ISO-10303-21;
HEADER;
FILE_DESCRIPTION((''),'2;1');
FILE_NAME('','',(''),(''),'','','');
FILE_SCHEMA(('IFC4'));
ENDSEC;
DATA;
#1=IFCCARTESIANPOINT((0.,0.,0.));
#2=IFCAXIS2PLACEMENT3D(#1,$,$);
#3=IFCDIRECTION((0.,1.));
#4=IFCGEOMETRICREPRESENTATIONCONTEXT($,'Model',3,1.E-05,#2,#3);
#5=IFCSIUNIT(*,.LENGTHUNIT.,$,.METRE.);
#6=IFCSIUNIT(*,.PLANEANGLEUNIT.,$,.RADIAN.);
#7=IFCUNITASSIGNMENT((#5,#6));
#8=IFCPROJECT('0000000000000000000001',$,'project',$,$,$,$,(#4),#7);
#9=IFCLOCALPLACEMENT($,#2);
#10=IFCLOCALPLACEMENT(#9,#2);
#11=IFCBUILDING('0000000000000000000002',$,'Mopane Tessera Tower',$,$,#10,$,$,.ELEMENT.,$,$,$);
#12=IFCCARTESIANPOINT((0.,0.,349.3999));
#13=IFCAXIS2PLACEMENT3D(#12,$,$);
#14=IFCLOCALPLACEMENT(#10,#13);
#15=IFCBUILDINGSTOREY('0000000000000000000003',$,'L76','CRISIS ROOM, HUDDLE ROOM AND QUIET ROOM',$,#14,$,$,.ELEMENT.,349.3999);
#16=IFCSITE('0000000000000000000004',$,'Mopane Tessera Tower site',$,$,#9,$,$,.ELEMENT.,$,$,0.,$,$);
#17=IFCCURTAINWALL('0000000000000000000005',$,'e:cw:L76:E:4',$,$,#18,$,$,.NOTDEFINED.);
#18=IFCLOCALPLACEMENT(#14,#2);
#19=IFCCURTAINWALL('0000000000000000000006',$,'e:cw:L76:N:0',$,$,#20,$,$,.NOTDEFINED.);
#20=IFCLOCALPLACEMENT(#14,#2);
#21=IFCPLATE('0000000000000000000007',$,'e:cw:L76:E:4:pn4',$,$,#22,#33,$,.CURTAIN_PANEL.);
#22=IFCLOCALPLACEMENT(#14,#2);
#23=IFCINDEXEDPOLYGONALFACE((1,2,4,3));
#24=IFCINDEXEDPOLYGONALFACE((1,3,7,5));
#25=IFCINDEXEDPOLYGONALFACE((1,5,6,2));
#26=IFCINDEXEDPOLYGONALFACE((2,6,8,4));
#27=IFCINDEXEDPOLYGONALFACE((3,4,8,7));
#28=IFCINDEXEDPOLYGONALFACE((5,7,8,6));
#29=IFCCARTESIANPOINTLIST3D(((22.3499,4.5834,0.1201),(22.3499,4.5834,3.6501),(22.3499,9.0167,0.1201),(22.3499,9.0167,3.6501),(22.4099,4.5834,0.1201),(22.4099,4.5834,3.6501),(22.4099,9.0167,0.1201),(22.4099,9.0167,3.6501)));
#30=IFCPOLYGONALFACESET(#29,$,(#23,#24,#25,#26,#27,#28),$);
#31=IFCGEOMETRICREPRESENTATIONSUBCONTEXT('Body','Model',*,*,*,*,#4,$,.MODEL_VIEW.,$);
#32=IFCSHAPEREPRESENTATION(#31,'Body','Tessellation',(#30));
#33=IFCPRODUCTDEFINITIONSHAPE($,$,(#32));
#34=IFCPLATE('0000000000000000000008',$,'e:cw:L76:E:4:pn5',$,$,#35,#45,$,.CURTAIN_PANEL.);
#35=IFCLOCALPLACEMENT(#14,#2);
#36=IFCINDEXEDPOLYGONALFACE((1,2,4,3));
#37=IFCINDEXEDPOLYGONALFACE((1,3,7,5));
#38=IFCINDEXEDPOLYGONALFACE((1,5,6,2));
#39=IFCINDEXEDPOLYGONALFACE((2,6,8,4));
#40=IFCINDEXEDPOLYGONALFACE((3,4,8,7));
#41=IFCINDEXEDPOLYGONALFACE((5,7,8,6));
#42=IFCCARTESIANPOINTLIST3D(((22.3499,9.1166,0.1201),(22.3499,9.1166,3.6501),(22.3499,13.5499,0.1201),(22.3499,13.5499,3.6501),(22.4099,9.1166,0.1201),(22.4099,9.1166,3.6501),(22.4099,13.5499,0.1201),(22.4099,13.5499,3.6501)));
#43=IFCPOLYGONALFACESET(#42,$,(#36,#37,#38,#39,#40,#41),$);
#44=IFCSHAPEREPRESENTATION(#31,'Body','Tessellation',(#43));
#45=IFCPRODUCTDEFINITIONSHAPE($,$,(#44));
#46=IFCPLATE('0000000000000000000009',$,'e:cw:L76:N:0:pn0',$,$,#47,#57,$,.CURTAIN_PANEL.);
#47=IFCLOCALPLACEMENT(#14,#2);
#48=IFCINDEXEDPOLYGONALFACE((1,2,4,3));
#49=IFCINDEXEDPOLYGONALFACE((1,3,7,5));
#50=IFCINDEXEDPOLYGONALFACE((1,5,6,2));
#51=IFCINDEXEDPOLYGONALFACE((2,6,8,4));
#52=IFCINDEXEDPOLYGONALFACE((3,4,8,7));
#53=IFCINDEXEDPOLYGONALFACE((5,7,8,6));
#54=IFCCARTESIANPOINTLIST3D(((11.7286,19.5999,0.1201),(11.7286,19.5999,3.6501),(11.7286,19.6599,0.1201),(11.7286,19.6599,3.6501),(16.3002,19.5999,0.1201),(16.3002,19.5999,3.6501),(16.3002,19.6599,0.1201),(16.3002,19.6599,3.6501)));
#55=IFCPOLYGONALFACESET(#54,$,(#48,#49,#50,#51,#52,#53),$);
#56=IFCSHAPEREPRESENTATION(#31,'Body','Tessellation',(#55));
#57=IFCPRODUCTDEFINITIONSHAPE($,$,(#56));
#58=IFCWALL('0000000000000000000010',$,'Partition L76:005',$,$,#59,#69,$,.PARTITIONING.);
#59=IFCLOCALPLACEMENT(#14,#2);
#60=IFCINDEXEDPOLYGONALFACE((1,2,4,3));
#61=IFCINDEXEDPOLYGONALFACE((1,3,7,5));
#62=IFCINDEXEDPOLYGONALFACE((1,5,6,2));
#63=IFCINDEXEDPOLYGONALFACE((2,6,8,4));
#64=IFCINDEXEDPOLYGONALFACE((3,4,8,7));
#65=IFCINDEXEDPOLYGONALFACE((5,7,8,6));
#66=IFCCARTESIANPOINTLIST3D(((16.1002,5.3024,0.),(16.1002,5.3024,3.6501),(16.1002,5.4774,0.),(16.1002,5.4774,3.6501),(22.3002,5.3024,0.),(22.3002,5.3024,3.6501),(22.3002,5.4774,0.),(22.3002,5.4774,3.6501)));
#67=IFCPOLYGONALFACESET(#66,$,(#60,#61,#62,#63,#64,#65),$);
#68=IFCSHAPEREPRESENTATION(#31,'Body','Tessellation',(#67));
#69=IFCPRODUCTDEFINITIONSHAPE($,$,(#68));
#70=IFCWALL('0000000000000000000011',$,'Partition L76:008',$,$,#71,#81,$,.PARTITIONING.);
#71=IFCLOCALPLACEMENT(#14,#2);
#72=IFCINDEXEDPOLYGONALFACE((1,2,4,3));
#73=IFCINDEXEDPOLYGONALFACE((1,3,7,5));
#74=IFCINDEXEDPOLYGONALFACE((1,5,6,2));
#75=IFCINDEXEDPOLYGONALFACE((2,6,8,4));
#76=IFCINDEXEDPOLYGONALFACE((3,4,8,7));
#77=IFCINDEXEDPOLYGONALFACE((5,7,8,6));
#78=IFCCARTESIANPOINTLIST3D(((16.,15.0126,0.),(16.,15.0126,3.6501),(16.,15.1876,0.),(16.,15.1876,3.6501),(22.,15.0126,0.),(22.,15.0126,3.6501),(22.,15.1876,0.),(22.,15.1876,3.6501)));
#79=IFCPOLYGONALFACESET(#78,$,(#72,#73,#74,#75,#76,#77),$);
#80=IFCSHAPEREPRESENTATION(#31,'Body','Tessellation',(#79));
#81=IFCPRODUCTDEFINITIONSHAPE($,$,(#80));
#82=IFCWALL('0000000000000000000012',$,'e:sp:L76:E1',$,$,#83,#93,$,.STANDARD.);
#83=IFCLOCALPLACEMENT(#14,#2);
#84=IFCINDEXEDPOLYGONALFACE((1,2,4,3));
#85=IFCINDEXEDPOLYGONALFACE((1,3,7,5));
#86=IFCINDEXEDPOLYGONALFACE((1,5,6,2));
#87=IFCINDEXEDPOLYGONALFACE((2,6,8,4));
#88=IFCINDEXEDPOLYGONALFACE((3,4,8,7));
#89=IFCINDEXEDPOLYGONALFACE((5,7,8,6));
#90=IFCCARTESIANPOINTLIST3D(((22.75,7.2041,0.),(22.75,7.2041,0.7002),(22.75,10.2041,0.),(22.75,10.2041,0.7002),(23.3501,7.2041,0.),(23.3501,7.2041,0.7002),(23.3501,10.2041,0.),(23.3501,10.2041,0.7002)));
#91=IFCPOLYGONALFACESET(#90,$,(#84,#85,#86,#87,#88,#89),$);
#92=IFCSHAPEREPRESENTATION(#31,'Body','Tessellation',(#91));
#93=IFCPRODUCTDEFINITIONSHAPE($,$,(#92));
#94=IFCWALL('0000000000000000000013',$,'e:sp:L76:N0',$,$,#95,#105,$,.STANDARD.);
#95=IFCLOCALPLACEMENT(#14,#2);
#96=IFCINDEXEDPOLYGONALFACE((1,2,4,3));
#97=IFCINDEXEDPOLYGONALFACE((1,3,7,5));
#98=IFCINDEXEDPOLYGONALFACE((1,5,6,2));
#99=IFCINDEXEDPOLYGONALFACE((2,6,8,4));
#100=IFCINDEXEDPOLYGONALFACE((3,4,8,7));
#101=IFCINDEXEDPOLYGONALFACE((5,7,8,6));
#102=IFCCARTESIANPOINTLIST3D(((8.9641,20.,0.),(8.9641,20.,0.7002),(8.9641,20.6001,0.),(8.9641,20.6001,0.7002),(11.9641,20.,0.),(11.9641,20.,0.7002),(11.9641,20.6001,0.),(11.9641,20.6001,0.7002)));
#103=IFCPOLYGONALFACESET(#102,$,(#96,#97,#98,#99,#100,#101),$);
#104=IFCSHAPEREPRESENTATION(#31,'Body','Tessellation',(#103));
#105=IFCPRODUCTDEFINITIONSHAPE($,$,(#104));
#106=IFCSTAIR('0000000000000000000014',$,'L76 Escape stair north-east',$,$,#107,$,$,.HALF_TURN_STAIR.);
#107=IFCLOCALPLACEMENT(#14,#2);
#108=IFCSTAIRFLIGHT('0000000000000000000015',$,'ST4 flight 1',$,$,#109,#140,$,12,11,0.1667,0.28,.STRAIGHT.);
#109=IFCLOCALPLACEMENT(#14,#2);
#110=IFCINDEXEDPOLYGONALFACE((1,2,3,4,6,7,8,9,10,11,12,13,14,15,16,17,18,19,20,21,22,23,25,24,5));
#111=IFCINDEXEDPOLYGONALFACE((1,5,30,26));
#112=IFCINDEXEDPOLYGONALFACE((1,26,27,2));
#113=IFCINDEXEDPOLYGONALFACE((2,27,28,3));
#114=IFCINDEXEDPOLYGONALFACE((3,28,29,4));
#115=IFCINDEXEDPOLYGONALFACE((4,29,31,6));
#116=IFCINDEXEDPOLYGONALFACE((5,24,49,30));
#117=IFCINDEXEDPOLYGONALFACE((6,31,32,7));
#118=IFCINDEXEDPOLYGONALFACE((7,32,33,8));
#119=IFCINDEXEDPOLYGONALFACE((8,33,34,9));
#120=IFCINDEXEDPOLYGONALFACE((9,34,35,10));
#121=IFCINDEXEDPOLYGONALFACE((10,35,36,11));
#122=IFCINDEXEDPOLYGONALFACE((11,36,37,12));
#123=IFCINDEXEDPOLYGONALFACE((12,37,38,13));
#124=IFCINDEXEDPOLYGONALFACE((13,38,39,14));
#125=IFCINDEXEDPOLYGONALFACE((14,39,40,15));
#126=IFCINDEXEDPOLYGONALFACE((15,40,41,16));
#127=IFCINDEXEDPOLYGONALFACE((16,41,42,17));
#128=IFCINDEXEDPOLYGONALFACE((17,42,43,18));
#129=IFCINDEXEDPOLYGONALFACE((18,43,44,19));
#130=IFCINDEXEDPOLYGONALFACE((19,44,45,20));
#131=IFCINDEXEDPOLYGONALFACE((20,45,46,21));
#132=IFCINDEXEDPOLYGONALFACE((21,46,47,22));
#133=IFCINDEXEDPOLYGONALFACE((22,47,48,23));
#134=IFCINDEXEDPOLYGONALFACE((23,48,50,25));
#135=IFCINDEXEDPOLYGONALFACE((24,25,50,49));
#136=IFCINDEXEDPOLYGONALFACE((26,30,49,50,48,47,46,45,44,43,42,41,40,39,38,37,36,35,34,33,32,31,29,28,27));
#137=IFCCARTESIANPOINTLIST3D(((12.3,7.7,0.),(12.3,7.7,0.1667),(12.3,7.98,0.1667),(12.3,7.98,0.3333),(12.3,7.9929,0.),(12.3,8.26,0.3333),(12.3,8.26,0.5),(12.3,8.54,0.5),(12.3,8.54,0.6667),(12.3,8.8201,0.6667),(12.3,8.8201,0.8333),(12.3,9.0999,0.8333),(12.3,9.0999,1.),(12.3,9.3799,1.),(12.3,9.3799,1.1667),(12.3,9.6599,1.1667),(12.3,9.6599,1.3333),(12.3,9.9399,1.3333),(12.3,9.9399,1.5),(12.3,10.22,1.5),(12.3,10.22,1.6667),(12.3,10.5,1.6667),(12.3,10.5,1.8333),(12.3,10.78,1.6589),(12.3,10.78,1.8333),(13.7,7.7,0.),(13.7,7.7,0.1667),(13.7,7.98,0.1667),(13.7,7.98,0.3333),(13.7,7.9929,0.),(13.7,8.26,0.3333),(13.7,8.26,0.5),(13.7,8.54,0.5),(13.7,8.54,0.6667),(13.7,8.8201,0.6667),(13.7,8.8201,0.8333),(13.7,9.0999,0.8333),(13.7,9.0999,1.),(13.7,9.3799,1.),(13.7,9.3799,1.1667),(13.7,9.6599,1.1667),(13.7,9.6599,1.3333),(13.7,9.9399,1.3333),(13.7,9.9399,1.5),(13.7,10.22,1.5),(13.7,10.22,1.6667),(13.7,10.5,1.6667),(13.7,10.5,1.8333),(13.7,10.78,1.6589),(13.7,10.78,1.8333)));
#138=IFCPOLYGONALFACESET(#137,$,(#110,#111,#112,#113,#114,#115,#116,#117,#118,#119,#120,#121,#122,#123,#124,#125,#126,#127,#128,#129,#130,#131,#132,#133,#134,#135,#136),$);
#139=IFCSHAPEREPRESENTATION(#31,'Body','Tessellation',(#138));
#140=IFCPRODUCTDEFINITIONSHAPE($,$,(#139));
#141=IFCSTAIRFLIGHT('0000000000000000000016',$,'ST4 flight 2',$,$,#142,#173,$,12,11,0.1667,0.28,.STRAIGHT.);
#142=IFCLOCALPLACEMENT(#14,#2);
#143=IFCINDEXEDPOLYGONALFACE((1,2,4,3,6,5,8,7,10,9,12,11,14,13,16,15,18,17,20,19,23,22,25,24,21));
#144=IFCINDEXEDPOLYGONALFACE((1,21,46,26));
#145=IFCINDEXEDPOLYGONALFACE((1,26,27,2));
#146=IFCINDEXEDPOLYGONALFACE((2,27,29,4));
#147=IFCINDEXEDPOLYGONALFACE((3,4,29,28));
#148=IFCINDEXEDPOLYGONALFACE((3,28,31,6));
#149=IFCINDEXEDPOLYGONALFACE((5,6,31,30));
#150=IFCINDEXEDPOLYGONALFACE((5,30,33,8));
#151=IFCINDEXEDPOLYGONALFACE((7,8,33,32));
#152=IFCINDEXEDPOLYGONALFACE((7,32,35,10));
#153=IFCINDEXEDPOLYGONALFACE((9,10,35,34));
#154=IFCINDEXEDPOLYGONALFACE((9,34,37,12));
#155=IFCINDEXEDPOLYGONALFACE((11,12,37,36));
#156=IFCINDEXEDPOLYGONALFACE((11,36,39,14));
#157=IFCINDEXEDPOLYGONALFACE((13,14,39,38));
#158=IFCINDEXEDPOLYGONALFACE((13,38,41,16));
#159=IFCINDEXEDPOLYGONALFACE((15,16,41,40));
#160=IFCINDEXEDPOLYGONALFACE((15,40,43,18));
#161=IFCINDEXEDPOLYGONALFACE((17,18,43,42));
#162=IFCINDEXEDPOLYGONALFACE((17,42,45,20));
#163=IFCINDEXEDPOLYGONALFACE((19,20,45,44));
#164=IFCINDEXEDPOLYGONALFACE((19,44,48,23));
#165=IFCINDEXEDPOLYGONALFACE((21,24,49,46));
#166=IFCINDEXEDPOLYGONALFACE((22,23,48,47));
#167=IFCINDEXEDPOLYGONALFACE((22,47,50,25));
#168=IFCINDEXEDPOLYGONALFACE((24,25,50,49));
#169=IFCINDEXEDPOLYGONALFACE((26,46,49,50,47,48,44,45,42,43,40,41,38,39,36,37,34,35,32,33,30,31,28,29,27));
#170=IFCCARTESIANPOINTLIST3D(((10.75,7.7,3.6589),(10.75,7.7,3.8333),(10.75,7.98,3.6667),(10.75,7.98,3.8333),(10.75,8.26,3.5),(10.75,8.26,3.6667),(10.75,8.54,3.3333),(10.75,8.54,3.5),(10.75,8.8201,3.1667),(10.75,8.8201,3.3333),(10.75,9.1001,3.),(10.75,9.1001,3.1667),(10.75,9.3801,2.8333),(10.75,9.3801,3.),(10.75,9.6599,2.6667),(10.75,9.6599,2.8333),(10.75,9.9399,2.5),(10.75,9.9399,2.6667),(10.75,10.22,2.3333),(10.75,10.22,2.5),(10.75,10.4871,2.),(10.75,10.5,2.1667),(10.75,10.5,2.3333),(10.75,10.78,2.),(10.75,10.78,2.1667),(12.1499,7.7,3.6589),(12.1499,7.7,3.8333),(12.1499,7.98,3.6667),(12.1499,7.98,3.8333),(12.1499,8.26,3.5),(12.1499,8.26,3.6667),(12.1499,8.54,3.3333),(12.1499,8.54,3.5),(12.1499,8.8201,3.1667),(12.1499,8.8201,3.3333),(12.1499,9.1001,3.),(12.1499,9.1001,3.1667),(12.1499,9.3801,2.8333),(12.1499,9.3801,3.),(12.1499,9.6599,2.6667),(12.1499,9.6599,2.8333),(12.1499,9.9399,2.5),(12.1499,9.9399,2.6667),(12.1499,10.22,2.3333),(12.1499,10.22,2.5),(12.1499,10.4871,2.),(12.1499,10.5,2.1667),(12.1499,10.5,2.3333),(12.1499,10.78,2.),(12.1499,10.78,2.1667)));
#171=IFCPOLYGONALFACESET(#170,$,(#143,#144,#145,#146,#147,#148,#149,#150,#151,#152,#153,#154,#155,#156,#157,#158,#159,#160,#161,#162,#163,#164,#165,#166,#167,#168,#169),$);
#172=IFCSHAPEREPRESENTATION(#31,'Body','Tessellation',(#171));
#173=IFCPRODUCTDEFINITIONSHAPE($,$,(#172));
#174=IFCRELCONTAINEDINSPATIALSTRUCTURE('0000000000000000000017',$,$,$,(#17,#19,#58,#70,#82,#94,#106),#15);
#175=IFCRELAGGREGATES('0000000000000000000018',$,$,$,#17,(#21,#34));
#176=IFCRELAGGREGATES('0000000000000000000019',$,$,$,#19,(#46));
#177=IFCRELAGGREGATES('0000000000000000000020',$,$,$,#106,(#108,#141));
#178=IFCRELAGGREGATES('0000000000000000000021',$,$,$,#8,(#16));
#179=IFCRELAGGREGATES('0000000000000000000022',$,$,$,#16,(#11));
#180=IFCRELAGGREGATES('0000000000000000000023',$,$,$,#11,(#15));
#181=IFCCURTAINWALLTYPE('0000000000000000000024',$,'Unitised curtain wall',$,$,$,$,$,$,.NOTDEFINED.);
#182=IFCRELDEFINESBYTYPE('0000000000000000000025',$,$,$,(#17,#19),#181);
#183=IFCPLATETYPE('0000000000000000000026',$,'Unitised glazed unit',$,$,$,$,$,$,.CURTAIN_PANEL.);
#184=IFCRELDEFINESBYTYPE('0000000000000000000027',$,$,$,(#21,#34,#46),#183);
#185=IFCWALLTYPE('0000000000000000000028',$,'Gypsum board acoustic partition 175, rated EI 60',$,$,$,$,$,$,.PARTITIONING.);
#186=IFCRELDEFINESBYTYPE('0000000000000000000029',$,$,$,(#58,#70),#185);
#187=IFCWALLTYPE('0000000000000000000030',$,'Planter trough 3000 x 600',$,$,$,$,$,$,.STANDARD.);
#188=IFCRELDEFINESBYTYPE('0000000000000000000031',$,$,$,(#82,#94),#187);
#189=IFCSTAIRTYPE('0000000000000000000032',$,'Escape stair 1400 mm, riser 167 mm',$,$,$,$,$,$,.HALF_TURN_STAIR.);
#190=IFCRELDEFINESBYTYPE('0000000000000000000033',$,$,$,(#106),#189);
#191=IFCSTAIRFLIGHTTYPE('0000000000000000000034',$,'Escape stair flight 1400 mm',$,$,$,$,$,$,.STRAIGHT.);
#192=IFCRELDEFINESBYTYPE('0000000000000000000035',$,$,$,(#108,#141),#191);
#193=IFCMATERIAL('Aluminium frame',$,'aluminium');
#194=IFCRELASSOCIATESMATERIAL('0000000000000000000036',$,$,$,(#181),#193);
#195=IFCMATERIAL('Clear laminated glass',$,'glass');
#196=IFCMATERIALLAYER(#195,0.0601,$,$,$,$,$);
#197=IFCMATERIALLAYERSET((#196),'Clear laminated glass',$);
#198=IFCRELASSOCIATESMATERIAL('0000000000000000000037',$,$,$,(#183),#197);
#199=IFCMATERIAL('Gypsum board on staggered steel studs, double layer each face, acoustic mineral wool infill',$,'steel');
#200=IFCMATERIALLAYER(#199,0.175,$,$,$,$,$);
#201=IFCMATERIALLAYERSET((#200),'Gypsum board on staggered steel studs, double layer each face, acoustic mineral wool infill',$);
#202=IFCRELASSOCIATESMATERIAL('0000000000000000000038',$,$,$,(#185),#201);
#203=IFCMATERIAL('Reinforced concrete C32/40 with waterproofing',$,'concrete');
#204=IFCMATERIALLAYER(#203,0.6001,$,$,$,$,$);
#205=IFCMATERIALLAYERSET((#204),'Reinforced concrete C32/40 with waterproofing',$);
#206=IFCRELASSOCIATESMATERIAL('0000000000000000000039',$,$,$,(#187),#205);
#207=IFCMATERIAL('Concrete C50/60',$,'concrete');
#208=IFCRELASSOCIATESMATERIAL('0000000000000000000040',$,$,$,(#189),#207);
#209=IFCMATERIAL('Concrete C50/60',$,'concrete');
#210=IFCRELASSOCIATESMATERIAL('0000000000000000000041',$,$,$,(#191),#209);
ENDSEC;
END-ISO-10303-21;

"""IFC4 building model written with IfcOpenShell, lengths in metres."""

from ifc_helpers import new_model, si_unit, direction, frame, frame_2d, origin, origin_2d, place, context, subcontext, project, spatial, polyline, rectangle, outline, extrude, material, layer, layer_set, type_object, element, aggregate, save


model = new_model("IFC4")

# Units and contexts
model_context = context("Model", 3, precision=1e-05, world=origin(), true_north=direction((0.0, 1.0)))
body_context = subcontext(model_context, "Body", "Model", "MODEL_VIEW")
ifc_project = project(units=[si_unit("LENGTHUNIT", "METRE"), si_unit("PLANEANGLEUNIT", "RADIAN")], contexts=[model_context])

# Site, building, storey
site_placement = place(None, origin())
site = spatial("IfcSite", under=ifc_project, at=site_placement, Name="Mopane Tessera Tower site", CompositionType="ELEMENT", RefElevation=0.0)
building_placement = place(site_placement, origin())
building = spatial("IfcBuilding", under=site, at=building_placement, Name="Mopane Tessera Tower", CompositionType="ELEMENT")
storey_placement = place(building_placement, frame((0.0, 0.0, 349.3999)))
storey = spatial("IfcBuildingStorey", under=building, at=storey_placement, Name="L76", Description="CRISIS ROOM, HUDDLE ROOM AND QUIET ROOM", CompositionType="ELEMENT", Elevation=349.3999)

# Shared definitions
ifc_material_1 = material(Name="Aluminium frame", Category="aluminium")
curtain_wall_type = type_object("IfcCurtainWallType", Name="Unitised curtain wall", PredefinedType="NOTDEFINED", material=ifc_material_1)

# Curtain walls
curtain_wall_1_placement = place(storey_placement, origin())
curtain_wall_1 = element("IfcCurtainWall", 1, at=curtain_wall_1_placement, inside=storey, type_object=curtain_wall_type, Name="e:cw:L76:E:4", PredefinedType="NOTDEFINED")
curtain_wall_2_placement = place(storey_placement, origin())
curtain_wall_2 = element("IfcCurtainWall", 2, at=curtain_wall_2_placement, inside=storey, type_object=curtain_wall_type, Name="e:cw:L76:N:0", PredefinedType="NOTDEFINED")

# Plates
ifc_material_2 = material(Name="Clear laminated glass", Category="glass")
ifc_layer_1 = layer(ifc_material_2, 0.0601)
ifc_layer_set_1 = layer_set([ifc_layer_1], Name="Clear laminated glass")
plate_type = type_object("IfcPlateType", Name="Unitised glazed unit", PredefinedType="CURTAIN_PANEL", material=ifc_layer_set_1)
plate_1_placement = place(storey_placement, frame((22.3799, 6.8, 0.1201), z_axis=(0.0, 0.0, 1.0), x_axis=(0.0, 1.0, 0.0)))
plate_1 = element("IfcPlate", 3, at=plate_1_placement, type_object=plate_type, Name="e:cw:L76:E:4:pn4", PredefinedType="CURTAIN_PANEL", context=body_context, shape_type="SweptSolid", body=[
    extrude(rectangle(XDim=4.4333, YDim=0.0601, at=origin_2d()), origin(), (0.0, 0.0, 1.0), 3.53),
])
plate_2_placement = place(storey_placement, frame((22.3799, 11.3333, 0.1201), z_axis=(0.0, 0.0, 1.0), x_axis=(0.0, 1.0, 0.0)))
plate_2 = element("IfcPlate", 4, at=plate_2_placement, type_object=plate_type, Name="e:cw:L76:E:4:pn5", PredefinedType="CURTAIN_PANEL", context=body_context, shape_type="SweptSolid", body=[
    extrude(rectangle(XDim=4.4333, YDim=0.0601, at=origin_2d()), origin(), (0.0, 0.0, 1.0), 3.53),
])
aggregate(curtain_wall_1, [plate_1, plate_2])
plate_3_placement = place(storey_placement, frame((14.0144, 19.6299, 0.1201), z_axis=(0.0, 0.0, 1.0), x_axis=(-1.0, 0.0, 0.0)))
plate_3 = element("IfcPlate", 5, at=plate_3_placement, type_object=plate_type, Name="e:cw:L76:N:0:pn0", PredefinedType="CURTAIN_PANEL", context=body_context, shape_type="SweptSolid", body=[
    extrude(rectangle(XDim=4.5715, YDim=0.0601, at=origin_2d()), origin(), (0.0, 0.0, 1.0), 3.53),
])
aggregate(curtain_wall_2, [plate_3])

# Walls
ifc_material_3 = material(Name="Gypsum board on staggered steel studs, double layer each face, acoustic mineral wool infill", Category="steel")
ifc_layer_2 = layer(ifc_material_3, 0.175)
ifc_layer_set_2 = layer_set([ifc_layer_2], Name="Gypsum board on staggered steel studs, double layer each face, acoustic mineral wool infill")
wall_type_1 = type_object("IfcWallType", Name="Gypsum board acoustic partition 175, rated EI 60", PredefinedType="PARTITIONING", material=ifc_layer_set_2)
wall_1_placement = place(storey_placement, frame((16.1001, 5.3899, 0.0), z_axis=(0.0, 0.0, 1.0), x_axis=(1.0, 0.0, 0.0)))
element("IfcWall", 6, at=wall_1_placement, inside=storey, type_object=wall_type_1, Name="Partition L76:005", PredefinedType="PARTITIONING", context=body_context, shape_type="SweptSolid", body=[
    extrude(rectangle(XDim=6.2, YDim=0.175, at=frame_2d((3.1001, 0.0))), origin(), (0.0, 0.0, 1.0), 3.6501),
])
wall_2_placement = place(storey_placement, frame((16.0, 15.1001, 0.0), z_axis=(0.0, 0.0, 1.0), x_axis=(1.0, 0.0, 0.0)))
element("IfcWall", 7, at=wall_2_placement, inside=storey, type_object=wall_type_1, Name="Partition L76:008", PredefinedType="PARTITIONING", context=body_context, shape_type="SweptSolid", body=[
    extrude(rectangle(XDim=6.0, YDim=0.175, at=frame_2d((3.0, 0.0))), origin(), (0.0, 0.0, 1.0), 3.6501),
])
ifc_material_4 = material(Name="Reinforced concrete C32/40 with waterproofing", Category="concrete")
ifc_layer_3 = layer(ifc_material_4, 0.6001)
ifc_layer_set_3 = layer_set([ifc_layer_3], Name="Reinforced concrete C32/40 with waterproofing")
wall_type_2 = type_object("IfcWallType", Name="Planter trough 3000 x 600", PredefinedType="STANDARD", material=ifc_layer_set_3)
for number, where, z_axis, x_axis, name in (
    (8, (23.05, 7.2041, 0.0), (0.0, 0.0, 1.0), (0.0, 1.0, 0.0), "e:sp:L76:E1"),
    (9, (11.9641, 20.3, 0.0), (0.0, 0.0, 1.0), (-1.0, 0.0, 0.0), "e:sp:L76:N0"),
):
    element("IfcWall", number, at=place(storey_placement, frame(where, z_axis=z_axis, x_axis=x_axis)), inside=storey, type_object=wall_type_2, Name=name, PredefinedType="STANDARD", context=body_context, shape_type="SweptSolid", body=[
        extrude(rectangle(XDim=3.0, YDim=0.6001, at=frame_2d((1.5, 0.0))), origin(), (0.0, 0.0, 1.0), 0.7002),
    ])

# Stair, stair flights
ifc_material_5 = material(Name="Concrete C50/60", Category="concrete")
stair_type = type_object("IfcStairType", Name="Escape stair 1400 mm, riser 167 mm", PredefinedType="HALF_TURN_STAIR", material=ifc_material_5)
stair_placement = place(storey_placement, origin())
stair = element("IfcStair", 10, at=stair_placement, inside=storey, type_object=stair_type, Name="L76 Escape stair north-east", PredefinedType="HALF_TURN_STAIR")
ifc_material_6 = material(Name="Concrete C50/60", Category="concrete")
stair_flight_type = type_object("IfcStairFlightType", Name="Escape stair flight 1400 mm", PredefinedType="STRAIGHT", material=ifc_material_6)
stair_flight_1_placement = place(storey_placement, frame((13.0, 7.7, 0.0), z_axis=(0.0, 0.0, 1.0), x_axis=(0.0, 1.0, 0.0)))
stair_flight_1 = element("IfcStairFlight", 11, at=stair_flight_1_placement, type_object=stair_flight_type, Name="ST4 flight 1", NumberOfRisers=12, NumberOfTreads=11, PredefinedType="STRAIGHT", RiserHeight=0.1667, TreadLength=0.28, context=body_context, shape_type="SweptSolid", body=[
    extrude(outline(polyline([(0.0, 0.0), (0.0, 0.1667), (0.28, 0.1667), (0.28, 0.3333), (0.5601, 0.3333), (0.5601, 0.5), (0.8401, 0.5), (0.8401, 0.6667), (1.1201, 0.6667), (1.1201, 0.8333), (1.3999, 0.8333), (1.3999, 1.0), (1.6799, 1.0), (1.6799, 1.1667), (1.96, 1.1667), (1.96, 1.3333), (2.24, 1.3333), (2.24, 1.5), (2.52, 1.5), (2.52, 1.6667), (2.8, 1.6667), (2.8, 1.8333), (3.0801, 1.8333), (3.0801, 2.0), (3.0801, 1.6589), (0.293, 0.0), (0.0, 0.0)])), frame((0.0, 0.7, 0.0), z_axis=(0.0, -1.0, 0.0), x_axis=(1.0, 0.0, 0.0)), (0.0, 0.0, 1.0), 1.3999),
])
stair_flight_2_placement = place(storey_placement, frame((11.45, 10.78, 2.0), z_axis=(0.0, 0.0, 1.0), x_axis=(0.0, -1.0, 0.0)))
stair_flight_2 = element("IfcStairFlight", 12, at=stair_flight_2_placement, type_object=stair_flight_type, Name="ST4 flight 2", NumberOfRisers=12, NumberOfTreads=11, PredefinedType="STRAIGHT", RiserHeight=0.1667, TreadLength=0.28, context=body_context, shape_type="SweptSolid", body=[
    extrude(outline(polyline([(0.0, 0.0), (0.0, 0.1667), (0.28, 0.1667), (0.28, 0.3333), (0.5601, 0.3333), (0.5601, 0.5), (0.8401, 0.5), (0.8401, 0.6667), (1.1201, 0.6667), (1.1201, 0.8333), (1.3999, 0.8333), (1.3999, 1.0), (1.6799, 1.0), (1.6799, 1.1667), (1.96, 1.1667), (1.96, 1.3333), (2.24, 1.3333), (2.24, 1.5), (2.52, 1.5), (2.52, 1.6667), (2.8, 1.6667), (2.8, 1.8333), (3.0801, 1.8333), (3.0801, 2.0), (3.0801, 1.6589), (0.293, 0.0), (0.0, 0.0)])), frame((0.0, 0.7, 0.0), z_axis=(0.0, -1.0, 0.0), x_axis=(1.0, 0.0, 0.0)), (0.0, 0.0, 1.0), 1.3999),
])
aggregate(stair, [stair_flight_1, stair_flight_2])

save(model, "model.ifc")
